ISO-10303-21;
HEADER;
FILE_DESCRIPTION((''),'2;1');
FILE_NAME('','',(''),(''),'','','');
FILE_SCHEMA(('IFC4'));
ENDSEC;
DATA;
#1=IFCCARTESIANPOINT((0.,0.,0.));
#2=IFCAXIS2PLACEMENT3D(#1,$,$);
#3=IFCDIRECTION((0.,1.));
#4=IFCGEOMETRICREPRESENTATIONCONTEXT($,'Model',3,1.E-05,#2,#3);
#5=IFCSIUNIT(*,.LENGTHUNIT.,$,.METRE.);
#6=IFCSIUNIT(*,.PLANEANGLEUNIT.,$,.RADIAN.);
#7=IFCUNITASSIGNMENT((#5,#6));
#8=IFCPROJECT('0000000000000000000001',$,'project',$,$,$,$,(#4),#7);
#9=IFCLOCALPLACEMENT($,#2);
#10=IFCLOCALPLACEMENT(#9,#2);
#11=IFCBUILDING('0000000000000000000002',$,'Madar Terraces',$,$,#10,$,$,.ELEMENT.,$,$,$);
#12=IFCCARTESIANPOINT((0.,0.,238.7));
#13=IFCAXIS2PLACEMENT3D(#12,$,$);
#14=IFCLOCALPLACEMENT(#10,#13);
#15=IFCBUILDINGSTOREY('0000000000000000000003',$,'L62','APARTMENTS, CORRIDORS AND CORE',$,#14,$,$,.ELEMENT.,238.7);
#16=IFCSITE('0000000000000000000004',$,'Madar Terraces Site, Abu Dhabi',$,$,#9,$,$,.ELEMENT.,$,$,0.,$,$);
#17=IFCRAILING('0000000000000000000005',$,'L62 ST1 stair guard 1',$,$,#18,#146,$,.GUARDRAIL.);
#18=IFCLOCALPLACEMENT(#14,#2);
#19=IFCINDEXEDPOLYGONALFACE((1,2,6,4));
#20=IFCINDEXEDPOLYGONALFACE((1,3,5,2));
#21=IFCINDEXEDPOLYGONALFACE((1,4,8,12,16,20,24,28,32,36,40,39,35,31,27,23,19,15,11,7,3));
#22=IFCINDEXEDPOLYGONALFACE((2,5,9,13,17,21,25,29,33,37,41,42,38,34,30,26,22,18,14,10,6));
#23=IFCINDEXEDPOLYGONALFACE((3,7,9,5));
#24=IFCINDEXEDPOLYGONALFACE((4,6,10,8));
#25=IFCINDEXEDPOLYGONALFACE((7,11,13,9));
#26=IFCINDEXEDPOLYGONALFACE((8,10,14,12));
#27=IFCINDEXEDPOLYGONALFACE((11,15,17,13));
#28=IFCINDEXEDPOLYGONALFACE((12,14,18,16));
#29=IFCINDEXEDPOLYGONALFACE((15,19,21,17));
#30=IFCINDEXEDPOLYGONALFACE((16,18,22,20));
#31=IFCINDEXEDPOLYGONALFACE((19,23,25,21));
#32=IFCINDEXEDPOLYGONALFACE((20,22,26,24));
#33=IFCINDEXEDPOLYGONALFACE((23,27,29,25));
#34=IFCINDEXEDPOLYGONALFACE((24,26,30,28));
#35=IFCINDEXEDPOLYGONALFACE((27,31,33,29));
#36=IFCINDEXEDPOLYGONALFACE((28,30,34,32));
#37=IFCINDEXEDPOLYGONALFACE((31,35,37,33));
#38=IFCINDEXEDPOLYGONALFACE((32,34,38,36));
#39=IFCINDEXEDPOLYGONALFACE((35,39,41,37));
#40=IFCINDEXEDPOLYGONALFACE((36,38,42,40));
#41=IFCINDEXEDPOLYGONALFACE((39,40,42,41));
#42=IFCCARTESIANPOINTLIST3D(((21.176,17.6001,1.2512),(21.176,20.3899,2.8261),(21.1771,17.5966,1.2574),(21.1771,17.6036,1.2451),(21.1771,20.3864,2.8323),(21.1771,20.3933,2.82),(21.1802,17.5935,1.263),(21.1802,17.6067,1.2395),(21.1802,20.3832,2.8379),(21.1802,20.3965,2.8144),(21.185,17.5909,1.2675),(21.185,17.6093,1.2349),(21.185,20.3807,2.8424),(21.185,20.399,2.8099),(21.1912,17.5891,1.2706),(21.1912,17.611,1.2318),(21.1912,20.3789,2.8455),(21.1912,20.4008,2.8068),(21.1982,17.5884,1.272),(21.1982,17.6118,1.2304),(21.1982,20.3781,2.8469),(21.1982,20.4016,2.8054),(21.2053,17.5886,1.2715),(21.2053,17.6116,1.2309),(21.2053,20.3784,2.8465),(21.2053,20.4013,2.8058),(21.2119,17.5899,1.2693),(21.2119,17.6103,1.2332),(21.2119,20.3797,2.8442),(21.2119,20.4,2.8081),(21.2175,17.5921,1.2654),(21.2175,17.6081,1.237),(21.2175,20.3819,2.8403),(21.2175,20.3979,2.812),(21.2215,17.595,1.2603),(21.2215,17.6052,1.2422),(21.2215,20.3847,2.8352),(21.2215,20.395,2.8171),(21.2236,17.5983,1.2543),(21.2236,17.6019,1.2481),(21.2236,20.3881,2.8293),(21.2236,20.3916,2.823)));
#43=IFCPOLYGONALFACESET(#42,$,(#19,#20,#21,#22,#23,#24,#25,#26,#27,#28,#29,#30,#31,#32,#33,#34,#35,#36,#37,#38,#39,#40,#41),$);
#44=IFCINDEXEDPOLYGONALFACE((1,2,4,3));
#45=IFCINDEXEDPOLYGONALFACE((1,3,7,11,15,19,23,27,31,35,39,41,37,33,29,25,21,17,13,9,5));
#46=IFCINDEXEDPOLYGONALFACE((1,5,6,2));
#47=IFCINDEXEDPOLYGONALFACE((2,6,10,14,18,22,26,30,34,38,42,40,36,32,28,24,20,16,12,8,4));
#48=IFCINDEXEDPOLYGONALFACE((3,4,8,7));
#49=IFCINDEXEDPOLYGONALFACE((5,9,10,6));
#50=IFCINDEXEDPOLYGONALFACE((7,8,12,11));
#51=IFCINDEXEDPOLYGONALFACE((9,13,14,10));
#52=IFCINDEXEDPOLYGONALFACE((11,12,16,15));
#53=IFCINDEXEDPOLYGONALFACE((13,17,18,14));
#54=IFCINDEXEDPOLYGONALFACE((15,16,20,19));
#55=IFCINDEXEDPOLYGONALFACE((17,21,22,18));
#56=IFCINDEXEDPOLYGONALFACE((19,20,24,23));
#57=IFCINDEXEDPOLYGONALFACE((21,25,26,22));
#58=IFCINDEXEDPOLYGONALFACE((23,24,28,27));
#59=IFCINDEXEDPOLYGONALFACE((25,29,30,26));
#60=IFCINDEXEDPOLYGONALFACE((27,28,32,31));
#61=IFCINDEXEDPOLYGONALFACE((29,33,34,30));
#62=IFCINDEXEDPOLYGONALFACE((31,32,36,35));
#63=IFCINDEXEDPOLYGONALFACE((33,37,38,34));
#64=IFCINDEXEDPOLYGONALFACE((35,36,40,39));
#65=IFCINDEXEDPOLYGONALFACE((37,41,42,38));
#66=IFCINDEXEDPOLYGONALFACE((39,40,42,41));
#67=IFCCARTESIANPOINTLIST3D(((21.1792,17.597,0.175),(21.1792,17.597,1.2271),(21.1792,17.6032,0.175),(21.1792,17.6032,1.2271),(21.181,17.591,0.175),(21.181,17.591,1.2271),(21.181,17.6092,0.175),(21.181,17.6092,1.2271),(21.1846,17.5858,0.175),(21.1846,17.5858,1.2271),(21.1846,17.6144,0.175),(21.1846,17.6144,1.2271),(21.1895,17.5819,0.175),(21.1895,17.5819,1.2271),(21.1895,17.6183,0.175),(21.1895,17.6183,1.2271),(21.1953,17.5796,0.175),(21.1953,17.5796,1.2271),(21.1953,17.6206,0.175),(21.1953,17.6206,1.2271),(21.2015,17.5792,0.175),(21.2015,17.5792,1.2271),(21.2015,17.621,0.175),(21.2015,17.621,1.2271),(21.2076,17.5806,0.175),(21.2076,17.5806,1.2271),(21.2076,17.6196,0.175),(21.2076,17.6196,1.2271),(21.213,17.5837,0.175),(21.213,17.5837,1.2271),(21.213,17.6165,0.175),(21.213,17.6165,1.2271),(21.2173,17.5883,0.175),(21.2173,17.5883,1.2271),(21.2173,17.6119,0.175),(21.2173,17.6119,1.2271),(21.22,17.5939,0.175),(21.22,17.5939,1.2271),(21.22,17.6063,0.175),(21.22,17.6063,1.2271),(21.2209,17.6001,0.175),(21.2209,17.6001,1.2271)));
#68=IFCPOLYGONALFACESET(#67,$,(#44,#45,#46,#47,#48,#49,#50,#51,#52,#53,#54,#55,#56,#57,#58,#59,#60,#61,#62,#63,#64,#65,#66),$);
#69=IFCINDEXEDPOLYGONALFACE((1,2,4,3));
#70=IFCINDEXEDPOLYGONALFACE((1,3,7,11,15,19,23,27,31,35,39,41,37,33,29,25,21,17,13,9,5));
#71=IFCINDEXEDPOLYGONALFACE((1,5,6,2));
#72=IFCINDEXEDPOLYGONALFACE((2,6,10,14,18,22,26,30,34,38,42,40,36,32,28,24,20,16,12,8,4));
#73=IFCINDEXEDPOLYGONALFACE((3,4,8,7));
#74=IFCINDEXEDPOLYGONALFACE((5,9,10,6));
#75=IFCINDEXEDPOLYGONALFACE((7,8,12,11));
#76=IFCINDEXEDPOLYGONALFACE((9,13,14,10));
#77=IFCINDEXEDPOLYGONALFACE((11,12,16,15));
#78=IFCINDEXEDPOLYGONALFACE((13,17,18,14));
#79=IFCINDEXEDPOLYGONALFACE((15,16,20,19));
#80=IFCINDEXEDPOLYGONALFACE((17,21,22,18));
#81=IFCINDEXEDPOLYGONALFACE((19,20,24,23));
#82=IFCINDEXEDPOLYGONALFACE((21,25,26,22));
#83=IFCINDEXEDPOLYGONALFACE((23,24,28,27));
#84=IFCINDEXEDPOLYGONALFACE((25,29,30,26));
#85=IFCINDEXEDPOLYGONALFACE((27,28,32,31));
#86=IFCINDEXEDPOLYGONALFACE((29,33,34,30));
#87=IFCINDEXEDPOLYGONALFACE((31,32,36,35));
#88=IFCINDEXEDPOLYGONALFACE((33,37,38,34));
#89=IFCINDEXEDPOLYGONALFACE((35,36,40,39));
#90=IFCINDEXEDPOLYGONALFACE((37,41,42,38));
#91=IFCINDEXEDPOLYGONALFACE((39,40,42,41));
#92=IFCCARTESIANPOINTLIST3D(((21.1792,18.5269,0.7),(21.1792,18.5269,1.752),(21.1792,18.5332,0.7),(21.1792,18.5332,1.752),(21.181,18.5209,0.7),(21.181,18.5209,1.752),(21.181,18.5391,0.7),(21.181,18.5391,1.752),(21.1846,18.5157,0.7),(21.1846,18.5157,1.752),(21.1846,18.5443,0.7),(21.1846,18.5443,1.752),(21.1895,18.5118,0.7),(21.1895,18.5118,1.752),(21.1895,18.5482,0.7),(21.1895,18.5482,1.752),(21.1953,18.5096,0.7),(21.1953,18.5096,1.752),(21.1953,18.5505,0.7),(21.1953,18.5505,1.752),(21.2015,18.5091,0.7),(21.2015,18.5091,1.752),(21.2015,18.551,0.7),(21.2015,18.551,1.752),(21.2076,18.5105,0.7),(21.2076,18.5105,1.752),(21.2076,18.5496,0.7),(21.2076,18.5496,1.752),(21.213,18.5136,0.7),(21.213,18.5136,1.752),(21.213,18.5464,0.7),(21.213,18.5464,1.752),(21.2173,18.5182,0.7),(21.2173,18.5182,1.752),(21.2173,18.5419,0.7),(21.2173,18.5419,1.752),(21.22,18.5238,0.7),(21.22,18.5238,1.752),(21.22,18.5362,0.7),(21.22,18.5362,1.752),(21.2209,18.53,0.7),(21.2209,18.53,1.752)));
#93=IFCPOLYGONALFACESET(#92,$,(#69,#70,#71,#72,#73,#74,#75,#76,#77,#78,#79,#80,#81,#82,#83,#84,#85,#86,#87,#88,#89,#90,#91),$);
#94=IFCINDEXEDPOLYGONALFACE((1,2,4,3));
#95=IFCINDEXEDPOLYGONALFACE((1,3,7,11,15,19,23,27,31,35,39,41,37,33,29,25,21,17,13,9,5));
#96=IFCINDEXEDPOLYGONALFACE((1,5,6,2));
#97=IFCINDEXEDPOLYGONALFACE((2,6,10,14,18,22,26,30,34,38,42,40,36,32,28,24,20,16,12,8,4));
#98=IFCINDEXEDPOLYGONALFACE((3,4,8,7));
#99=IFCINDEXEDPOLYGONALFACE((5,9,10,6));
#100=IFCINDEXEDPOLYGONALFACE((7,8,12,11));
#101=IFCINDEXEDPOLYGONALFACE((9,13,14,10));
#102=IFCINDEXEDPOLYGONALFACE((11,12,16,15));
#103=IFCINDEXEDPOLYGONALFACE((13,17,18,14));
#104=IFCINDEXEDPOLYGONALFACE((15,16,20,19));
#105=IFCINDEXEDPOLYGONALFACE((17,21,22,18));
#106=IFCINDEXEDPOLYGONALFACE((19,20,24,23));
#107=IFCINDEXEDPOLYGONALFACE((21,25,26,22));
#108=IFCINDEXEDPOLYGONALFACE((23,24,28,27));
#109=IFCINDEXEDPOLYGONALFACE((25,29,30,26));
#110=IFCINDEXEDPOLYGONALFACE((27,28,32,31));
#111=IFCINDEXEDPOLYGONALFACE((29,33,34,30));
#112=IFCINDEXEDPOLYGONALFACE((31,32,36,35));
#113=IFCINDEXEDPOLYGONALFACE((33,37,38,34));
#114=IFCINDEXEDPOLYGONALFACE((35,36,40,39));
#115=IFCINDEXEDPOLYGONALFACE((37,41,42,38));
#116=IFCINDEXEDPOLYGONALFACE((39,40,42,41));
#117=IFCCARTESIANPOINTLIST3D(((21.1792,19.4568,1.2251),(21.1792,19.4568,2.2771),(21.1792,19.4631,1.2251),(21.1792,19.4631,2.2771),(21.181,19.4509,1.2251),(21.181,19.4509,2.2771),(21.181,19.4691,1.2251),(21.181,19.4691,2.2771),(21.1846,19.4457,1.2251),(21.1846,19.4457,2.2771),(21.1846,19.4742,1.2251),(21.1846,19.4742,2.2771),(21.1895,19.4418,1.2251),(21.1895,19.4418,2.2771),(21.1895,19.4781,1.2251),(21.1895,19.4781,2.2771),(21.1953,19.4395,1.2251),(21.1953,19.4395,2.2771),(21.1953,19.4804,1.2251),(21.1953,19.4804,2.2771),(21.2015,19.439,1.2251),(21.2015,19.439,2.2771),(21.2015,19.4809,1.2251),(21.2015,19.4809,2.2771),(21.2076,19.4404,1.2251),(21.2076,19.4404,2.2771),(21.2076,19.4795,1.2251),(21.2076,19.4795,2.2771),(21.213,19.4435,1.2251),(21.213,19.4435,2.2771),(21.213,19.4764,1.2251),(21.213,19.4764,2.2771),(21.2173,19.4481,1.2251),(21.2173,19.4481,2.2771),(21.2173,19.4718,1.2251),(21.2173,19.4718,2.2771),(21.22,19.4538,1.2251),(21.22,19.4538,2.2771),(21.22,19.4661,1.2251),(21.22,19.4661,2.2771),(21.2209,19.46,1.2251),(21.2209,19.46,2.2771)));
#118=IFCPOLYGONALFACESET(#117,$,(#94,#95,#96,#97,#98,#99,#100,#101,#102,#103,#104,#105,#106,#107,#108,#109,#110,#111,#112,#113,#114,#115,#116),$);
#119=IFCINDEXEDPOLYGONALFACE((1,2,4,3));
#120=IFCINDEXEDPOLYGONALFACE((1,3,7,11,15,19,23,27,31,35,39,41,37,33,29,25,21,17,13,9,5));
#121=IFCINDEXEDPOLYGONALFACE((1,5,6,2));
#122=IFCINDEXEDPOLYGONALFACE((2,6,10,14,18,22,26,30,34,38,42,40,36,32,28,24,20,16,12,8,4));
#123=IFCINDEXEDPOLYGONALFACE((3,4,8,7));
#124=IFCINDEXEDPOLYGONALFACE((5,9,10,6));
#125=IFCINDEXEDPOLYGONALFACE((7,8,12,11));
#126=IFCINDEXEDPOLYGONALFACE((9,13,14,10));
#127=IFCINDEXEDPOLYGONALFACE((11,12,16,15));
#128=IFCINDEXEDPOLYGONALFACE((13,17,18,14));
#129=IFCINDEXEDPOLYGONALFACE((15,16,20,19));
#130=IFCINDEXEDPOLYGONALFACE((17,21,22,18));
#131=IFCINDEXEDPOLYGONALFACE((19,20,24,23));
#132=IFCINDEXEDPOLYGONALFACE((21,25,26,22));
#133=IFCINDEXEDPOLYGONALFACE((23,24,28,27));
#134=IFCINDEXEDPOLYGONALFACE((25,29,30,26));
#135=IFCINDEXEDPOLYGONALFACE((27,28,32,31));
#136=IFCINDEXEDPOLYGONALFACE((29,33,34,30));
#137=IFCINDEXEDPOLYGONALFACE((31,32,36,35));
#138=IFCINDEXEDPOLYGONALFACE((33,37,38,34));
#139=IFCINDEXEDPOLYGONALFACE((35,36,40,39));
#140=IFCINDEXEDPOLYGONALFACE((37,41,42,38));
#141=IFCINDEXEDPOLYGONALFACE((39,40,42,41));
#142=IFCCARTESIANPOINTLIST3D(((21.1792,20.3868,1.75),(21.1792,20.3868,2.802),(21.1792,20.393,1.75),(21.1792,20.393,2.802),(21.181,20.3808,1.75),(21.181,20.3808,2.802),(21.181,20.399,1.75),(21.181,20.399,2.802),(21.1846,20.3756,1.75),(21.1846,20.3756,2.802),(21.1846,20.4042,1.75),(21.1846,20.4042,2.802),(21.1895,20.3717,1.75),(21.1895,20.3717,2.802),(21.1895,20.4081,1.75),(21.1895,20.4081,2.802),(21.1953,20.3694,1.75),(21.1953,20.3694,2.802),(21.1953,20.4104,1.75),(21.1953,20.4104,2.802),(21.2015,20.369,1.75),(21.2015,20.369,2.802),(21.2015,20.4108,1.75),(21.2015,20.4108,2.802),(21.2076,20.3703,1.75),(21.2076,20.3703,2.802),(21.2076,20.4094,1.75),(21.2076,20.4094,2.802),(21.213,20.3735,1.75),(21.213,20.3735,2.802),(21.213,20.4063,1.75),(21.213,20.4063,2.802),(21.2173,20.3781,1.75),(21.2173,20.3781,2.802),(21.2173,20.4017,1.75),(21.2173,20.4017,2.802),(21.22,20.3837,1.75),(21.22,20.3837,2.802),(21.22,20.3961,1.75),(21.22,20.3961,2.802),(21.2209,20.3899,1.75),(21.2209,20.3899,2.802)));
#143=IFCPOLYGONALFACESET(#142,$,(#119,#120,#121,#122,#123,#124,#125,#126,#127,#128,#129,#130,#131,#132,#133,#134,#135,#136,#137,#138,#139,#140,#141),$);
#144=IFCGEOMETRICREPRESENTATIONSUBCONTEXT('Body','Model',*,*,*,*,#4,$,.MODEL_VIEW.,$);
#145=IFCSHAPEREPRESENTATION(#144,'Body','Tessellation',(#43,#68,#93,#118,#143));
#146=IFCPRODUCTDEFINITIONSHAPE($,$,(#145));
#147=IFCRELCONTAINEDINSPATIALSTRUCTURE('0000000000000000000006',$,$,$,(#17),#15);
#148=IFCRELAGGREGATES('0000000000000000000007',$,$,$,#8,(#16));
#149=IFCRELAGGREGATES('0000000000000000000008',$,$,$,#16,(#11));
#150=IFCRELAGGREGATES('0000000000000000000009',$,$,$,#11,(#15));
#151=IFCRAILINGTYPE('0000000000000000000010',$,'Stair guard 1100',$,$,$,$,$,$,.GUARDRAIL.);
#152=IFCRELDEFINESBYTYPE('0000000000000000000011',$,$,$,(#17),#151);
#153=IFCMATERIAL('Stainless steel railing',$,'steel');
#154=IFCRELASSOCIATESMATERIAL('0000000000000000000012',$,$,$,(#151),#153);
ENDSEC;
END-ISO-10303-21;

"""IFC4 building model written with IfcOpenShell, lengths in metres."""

from ifc_helpers import new_model, si_unit, direction, frame, origin, origin_2d, place, context, subcontext, project, spatial, circle, extrude, material, type_object, element, save


model = new_model("IFC4")

# Units and contexts
model_context = context("Model", 3, precision=1e-05, world=origin(), true_north=direction((0.0, 1.0)))
body_context = subcontext(model_context, "Body", "Model", "MODEL_VIEW")
ifc_project = project(units=[si_unit("LENGTHUNIT", "METRE"), si_unit("PLANEANGLEUNIT", "RADIAN")], contexts=[model_context])

# Site, building, storey
site_placement = place(None, origin())
site = spatial("IfcSite", under=ifc_project, at=site_placement, Name="Madar Terraces Site, Abu Dhabi", CompositionType="ELEMENT", RefElevation=0.0)
building_placement = place(site_placement, origin())
building = spatial("IfcBuilding", under=site, at=building_placement, Name="Madar Terraces", CompositionType="ELEMENT")
storey_placement = place(building_placement, frame((0.0, 0.0, 238.7)))
storey = spatial("IfcBuildingStorey", under=building, at=storey_placement, Name="L62", Description="APARTMENTS, CORRIDORS AND CORE", CompositionType="ELEMENT", Elevation=238.7)

# Railing
ifc_material_1 = material(Name="Stainless steel railing", Category="steel")
railing_type_1 = type_object("IfcRailingType", Name="Stair guard 1100", PredefinedType="GUARDRAIL", material=ifc_material_1)
railing_1_placement = place(storey_placement, frame((21.2, 17.6001, 0.175)))
element("IfcRailing", 1, at=railing_1_placement, inside=storey, type_object=railing_type_1, Name="L62 ST1 stair guard 1", PredefinedType="GUARDRAIL", context=body_context, shape_type="SweptSolid", body=[
    extrude(circle(Radius=0.0239, at=origin_2d()), frame((0.0, 0.0, 1.0762), z_axis=(0.0, 0.870815, 0.49161), x_axis=(-1.0, 0.0, 0.0)), (0.0, 0.0, 1.0), 3.2036),
    extrude(circle(Radius=0.021, at=origin_2d()), origin(), (0.0, 0.0, 1.0), 1.052),
    extrude(circle(Radius=0.021, at=origin_2d()), frame((0.0, 0.9299, 0.5249)), (0.0, 0.0, 1.0), 1.052),
    extrude(circle(Radius=0.021, at=origin_2d()), frame((0.0, 1.8599, 1.05)), (0.0, 0.0, 1.0), 1.052),
    extrude(circle(Radius=0.021, at=origin_2d()), frame((0.0, 2.7898, 1.575)), (0.0, 0.0, 1.0), 1.052),
])

save(model, "model.ifc")
